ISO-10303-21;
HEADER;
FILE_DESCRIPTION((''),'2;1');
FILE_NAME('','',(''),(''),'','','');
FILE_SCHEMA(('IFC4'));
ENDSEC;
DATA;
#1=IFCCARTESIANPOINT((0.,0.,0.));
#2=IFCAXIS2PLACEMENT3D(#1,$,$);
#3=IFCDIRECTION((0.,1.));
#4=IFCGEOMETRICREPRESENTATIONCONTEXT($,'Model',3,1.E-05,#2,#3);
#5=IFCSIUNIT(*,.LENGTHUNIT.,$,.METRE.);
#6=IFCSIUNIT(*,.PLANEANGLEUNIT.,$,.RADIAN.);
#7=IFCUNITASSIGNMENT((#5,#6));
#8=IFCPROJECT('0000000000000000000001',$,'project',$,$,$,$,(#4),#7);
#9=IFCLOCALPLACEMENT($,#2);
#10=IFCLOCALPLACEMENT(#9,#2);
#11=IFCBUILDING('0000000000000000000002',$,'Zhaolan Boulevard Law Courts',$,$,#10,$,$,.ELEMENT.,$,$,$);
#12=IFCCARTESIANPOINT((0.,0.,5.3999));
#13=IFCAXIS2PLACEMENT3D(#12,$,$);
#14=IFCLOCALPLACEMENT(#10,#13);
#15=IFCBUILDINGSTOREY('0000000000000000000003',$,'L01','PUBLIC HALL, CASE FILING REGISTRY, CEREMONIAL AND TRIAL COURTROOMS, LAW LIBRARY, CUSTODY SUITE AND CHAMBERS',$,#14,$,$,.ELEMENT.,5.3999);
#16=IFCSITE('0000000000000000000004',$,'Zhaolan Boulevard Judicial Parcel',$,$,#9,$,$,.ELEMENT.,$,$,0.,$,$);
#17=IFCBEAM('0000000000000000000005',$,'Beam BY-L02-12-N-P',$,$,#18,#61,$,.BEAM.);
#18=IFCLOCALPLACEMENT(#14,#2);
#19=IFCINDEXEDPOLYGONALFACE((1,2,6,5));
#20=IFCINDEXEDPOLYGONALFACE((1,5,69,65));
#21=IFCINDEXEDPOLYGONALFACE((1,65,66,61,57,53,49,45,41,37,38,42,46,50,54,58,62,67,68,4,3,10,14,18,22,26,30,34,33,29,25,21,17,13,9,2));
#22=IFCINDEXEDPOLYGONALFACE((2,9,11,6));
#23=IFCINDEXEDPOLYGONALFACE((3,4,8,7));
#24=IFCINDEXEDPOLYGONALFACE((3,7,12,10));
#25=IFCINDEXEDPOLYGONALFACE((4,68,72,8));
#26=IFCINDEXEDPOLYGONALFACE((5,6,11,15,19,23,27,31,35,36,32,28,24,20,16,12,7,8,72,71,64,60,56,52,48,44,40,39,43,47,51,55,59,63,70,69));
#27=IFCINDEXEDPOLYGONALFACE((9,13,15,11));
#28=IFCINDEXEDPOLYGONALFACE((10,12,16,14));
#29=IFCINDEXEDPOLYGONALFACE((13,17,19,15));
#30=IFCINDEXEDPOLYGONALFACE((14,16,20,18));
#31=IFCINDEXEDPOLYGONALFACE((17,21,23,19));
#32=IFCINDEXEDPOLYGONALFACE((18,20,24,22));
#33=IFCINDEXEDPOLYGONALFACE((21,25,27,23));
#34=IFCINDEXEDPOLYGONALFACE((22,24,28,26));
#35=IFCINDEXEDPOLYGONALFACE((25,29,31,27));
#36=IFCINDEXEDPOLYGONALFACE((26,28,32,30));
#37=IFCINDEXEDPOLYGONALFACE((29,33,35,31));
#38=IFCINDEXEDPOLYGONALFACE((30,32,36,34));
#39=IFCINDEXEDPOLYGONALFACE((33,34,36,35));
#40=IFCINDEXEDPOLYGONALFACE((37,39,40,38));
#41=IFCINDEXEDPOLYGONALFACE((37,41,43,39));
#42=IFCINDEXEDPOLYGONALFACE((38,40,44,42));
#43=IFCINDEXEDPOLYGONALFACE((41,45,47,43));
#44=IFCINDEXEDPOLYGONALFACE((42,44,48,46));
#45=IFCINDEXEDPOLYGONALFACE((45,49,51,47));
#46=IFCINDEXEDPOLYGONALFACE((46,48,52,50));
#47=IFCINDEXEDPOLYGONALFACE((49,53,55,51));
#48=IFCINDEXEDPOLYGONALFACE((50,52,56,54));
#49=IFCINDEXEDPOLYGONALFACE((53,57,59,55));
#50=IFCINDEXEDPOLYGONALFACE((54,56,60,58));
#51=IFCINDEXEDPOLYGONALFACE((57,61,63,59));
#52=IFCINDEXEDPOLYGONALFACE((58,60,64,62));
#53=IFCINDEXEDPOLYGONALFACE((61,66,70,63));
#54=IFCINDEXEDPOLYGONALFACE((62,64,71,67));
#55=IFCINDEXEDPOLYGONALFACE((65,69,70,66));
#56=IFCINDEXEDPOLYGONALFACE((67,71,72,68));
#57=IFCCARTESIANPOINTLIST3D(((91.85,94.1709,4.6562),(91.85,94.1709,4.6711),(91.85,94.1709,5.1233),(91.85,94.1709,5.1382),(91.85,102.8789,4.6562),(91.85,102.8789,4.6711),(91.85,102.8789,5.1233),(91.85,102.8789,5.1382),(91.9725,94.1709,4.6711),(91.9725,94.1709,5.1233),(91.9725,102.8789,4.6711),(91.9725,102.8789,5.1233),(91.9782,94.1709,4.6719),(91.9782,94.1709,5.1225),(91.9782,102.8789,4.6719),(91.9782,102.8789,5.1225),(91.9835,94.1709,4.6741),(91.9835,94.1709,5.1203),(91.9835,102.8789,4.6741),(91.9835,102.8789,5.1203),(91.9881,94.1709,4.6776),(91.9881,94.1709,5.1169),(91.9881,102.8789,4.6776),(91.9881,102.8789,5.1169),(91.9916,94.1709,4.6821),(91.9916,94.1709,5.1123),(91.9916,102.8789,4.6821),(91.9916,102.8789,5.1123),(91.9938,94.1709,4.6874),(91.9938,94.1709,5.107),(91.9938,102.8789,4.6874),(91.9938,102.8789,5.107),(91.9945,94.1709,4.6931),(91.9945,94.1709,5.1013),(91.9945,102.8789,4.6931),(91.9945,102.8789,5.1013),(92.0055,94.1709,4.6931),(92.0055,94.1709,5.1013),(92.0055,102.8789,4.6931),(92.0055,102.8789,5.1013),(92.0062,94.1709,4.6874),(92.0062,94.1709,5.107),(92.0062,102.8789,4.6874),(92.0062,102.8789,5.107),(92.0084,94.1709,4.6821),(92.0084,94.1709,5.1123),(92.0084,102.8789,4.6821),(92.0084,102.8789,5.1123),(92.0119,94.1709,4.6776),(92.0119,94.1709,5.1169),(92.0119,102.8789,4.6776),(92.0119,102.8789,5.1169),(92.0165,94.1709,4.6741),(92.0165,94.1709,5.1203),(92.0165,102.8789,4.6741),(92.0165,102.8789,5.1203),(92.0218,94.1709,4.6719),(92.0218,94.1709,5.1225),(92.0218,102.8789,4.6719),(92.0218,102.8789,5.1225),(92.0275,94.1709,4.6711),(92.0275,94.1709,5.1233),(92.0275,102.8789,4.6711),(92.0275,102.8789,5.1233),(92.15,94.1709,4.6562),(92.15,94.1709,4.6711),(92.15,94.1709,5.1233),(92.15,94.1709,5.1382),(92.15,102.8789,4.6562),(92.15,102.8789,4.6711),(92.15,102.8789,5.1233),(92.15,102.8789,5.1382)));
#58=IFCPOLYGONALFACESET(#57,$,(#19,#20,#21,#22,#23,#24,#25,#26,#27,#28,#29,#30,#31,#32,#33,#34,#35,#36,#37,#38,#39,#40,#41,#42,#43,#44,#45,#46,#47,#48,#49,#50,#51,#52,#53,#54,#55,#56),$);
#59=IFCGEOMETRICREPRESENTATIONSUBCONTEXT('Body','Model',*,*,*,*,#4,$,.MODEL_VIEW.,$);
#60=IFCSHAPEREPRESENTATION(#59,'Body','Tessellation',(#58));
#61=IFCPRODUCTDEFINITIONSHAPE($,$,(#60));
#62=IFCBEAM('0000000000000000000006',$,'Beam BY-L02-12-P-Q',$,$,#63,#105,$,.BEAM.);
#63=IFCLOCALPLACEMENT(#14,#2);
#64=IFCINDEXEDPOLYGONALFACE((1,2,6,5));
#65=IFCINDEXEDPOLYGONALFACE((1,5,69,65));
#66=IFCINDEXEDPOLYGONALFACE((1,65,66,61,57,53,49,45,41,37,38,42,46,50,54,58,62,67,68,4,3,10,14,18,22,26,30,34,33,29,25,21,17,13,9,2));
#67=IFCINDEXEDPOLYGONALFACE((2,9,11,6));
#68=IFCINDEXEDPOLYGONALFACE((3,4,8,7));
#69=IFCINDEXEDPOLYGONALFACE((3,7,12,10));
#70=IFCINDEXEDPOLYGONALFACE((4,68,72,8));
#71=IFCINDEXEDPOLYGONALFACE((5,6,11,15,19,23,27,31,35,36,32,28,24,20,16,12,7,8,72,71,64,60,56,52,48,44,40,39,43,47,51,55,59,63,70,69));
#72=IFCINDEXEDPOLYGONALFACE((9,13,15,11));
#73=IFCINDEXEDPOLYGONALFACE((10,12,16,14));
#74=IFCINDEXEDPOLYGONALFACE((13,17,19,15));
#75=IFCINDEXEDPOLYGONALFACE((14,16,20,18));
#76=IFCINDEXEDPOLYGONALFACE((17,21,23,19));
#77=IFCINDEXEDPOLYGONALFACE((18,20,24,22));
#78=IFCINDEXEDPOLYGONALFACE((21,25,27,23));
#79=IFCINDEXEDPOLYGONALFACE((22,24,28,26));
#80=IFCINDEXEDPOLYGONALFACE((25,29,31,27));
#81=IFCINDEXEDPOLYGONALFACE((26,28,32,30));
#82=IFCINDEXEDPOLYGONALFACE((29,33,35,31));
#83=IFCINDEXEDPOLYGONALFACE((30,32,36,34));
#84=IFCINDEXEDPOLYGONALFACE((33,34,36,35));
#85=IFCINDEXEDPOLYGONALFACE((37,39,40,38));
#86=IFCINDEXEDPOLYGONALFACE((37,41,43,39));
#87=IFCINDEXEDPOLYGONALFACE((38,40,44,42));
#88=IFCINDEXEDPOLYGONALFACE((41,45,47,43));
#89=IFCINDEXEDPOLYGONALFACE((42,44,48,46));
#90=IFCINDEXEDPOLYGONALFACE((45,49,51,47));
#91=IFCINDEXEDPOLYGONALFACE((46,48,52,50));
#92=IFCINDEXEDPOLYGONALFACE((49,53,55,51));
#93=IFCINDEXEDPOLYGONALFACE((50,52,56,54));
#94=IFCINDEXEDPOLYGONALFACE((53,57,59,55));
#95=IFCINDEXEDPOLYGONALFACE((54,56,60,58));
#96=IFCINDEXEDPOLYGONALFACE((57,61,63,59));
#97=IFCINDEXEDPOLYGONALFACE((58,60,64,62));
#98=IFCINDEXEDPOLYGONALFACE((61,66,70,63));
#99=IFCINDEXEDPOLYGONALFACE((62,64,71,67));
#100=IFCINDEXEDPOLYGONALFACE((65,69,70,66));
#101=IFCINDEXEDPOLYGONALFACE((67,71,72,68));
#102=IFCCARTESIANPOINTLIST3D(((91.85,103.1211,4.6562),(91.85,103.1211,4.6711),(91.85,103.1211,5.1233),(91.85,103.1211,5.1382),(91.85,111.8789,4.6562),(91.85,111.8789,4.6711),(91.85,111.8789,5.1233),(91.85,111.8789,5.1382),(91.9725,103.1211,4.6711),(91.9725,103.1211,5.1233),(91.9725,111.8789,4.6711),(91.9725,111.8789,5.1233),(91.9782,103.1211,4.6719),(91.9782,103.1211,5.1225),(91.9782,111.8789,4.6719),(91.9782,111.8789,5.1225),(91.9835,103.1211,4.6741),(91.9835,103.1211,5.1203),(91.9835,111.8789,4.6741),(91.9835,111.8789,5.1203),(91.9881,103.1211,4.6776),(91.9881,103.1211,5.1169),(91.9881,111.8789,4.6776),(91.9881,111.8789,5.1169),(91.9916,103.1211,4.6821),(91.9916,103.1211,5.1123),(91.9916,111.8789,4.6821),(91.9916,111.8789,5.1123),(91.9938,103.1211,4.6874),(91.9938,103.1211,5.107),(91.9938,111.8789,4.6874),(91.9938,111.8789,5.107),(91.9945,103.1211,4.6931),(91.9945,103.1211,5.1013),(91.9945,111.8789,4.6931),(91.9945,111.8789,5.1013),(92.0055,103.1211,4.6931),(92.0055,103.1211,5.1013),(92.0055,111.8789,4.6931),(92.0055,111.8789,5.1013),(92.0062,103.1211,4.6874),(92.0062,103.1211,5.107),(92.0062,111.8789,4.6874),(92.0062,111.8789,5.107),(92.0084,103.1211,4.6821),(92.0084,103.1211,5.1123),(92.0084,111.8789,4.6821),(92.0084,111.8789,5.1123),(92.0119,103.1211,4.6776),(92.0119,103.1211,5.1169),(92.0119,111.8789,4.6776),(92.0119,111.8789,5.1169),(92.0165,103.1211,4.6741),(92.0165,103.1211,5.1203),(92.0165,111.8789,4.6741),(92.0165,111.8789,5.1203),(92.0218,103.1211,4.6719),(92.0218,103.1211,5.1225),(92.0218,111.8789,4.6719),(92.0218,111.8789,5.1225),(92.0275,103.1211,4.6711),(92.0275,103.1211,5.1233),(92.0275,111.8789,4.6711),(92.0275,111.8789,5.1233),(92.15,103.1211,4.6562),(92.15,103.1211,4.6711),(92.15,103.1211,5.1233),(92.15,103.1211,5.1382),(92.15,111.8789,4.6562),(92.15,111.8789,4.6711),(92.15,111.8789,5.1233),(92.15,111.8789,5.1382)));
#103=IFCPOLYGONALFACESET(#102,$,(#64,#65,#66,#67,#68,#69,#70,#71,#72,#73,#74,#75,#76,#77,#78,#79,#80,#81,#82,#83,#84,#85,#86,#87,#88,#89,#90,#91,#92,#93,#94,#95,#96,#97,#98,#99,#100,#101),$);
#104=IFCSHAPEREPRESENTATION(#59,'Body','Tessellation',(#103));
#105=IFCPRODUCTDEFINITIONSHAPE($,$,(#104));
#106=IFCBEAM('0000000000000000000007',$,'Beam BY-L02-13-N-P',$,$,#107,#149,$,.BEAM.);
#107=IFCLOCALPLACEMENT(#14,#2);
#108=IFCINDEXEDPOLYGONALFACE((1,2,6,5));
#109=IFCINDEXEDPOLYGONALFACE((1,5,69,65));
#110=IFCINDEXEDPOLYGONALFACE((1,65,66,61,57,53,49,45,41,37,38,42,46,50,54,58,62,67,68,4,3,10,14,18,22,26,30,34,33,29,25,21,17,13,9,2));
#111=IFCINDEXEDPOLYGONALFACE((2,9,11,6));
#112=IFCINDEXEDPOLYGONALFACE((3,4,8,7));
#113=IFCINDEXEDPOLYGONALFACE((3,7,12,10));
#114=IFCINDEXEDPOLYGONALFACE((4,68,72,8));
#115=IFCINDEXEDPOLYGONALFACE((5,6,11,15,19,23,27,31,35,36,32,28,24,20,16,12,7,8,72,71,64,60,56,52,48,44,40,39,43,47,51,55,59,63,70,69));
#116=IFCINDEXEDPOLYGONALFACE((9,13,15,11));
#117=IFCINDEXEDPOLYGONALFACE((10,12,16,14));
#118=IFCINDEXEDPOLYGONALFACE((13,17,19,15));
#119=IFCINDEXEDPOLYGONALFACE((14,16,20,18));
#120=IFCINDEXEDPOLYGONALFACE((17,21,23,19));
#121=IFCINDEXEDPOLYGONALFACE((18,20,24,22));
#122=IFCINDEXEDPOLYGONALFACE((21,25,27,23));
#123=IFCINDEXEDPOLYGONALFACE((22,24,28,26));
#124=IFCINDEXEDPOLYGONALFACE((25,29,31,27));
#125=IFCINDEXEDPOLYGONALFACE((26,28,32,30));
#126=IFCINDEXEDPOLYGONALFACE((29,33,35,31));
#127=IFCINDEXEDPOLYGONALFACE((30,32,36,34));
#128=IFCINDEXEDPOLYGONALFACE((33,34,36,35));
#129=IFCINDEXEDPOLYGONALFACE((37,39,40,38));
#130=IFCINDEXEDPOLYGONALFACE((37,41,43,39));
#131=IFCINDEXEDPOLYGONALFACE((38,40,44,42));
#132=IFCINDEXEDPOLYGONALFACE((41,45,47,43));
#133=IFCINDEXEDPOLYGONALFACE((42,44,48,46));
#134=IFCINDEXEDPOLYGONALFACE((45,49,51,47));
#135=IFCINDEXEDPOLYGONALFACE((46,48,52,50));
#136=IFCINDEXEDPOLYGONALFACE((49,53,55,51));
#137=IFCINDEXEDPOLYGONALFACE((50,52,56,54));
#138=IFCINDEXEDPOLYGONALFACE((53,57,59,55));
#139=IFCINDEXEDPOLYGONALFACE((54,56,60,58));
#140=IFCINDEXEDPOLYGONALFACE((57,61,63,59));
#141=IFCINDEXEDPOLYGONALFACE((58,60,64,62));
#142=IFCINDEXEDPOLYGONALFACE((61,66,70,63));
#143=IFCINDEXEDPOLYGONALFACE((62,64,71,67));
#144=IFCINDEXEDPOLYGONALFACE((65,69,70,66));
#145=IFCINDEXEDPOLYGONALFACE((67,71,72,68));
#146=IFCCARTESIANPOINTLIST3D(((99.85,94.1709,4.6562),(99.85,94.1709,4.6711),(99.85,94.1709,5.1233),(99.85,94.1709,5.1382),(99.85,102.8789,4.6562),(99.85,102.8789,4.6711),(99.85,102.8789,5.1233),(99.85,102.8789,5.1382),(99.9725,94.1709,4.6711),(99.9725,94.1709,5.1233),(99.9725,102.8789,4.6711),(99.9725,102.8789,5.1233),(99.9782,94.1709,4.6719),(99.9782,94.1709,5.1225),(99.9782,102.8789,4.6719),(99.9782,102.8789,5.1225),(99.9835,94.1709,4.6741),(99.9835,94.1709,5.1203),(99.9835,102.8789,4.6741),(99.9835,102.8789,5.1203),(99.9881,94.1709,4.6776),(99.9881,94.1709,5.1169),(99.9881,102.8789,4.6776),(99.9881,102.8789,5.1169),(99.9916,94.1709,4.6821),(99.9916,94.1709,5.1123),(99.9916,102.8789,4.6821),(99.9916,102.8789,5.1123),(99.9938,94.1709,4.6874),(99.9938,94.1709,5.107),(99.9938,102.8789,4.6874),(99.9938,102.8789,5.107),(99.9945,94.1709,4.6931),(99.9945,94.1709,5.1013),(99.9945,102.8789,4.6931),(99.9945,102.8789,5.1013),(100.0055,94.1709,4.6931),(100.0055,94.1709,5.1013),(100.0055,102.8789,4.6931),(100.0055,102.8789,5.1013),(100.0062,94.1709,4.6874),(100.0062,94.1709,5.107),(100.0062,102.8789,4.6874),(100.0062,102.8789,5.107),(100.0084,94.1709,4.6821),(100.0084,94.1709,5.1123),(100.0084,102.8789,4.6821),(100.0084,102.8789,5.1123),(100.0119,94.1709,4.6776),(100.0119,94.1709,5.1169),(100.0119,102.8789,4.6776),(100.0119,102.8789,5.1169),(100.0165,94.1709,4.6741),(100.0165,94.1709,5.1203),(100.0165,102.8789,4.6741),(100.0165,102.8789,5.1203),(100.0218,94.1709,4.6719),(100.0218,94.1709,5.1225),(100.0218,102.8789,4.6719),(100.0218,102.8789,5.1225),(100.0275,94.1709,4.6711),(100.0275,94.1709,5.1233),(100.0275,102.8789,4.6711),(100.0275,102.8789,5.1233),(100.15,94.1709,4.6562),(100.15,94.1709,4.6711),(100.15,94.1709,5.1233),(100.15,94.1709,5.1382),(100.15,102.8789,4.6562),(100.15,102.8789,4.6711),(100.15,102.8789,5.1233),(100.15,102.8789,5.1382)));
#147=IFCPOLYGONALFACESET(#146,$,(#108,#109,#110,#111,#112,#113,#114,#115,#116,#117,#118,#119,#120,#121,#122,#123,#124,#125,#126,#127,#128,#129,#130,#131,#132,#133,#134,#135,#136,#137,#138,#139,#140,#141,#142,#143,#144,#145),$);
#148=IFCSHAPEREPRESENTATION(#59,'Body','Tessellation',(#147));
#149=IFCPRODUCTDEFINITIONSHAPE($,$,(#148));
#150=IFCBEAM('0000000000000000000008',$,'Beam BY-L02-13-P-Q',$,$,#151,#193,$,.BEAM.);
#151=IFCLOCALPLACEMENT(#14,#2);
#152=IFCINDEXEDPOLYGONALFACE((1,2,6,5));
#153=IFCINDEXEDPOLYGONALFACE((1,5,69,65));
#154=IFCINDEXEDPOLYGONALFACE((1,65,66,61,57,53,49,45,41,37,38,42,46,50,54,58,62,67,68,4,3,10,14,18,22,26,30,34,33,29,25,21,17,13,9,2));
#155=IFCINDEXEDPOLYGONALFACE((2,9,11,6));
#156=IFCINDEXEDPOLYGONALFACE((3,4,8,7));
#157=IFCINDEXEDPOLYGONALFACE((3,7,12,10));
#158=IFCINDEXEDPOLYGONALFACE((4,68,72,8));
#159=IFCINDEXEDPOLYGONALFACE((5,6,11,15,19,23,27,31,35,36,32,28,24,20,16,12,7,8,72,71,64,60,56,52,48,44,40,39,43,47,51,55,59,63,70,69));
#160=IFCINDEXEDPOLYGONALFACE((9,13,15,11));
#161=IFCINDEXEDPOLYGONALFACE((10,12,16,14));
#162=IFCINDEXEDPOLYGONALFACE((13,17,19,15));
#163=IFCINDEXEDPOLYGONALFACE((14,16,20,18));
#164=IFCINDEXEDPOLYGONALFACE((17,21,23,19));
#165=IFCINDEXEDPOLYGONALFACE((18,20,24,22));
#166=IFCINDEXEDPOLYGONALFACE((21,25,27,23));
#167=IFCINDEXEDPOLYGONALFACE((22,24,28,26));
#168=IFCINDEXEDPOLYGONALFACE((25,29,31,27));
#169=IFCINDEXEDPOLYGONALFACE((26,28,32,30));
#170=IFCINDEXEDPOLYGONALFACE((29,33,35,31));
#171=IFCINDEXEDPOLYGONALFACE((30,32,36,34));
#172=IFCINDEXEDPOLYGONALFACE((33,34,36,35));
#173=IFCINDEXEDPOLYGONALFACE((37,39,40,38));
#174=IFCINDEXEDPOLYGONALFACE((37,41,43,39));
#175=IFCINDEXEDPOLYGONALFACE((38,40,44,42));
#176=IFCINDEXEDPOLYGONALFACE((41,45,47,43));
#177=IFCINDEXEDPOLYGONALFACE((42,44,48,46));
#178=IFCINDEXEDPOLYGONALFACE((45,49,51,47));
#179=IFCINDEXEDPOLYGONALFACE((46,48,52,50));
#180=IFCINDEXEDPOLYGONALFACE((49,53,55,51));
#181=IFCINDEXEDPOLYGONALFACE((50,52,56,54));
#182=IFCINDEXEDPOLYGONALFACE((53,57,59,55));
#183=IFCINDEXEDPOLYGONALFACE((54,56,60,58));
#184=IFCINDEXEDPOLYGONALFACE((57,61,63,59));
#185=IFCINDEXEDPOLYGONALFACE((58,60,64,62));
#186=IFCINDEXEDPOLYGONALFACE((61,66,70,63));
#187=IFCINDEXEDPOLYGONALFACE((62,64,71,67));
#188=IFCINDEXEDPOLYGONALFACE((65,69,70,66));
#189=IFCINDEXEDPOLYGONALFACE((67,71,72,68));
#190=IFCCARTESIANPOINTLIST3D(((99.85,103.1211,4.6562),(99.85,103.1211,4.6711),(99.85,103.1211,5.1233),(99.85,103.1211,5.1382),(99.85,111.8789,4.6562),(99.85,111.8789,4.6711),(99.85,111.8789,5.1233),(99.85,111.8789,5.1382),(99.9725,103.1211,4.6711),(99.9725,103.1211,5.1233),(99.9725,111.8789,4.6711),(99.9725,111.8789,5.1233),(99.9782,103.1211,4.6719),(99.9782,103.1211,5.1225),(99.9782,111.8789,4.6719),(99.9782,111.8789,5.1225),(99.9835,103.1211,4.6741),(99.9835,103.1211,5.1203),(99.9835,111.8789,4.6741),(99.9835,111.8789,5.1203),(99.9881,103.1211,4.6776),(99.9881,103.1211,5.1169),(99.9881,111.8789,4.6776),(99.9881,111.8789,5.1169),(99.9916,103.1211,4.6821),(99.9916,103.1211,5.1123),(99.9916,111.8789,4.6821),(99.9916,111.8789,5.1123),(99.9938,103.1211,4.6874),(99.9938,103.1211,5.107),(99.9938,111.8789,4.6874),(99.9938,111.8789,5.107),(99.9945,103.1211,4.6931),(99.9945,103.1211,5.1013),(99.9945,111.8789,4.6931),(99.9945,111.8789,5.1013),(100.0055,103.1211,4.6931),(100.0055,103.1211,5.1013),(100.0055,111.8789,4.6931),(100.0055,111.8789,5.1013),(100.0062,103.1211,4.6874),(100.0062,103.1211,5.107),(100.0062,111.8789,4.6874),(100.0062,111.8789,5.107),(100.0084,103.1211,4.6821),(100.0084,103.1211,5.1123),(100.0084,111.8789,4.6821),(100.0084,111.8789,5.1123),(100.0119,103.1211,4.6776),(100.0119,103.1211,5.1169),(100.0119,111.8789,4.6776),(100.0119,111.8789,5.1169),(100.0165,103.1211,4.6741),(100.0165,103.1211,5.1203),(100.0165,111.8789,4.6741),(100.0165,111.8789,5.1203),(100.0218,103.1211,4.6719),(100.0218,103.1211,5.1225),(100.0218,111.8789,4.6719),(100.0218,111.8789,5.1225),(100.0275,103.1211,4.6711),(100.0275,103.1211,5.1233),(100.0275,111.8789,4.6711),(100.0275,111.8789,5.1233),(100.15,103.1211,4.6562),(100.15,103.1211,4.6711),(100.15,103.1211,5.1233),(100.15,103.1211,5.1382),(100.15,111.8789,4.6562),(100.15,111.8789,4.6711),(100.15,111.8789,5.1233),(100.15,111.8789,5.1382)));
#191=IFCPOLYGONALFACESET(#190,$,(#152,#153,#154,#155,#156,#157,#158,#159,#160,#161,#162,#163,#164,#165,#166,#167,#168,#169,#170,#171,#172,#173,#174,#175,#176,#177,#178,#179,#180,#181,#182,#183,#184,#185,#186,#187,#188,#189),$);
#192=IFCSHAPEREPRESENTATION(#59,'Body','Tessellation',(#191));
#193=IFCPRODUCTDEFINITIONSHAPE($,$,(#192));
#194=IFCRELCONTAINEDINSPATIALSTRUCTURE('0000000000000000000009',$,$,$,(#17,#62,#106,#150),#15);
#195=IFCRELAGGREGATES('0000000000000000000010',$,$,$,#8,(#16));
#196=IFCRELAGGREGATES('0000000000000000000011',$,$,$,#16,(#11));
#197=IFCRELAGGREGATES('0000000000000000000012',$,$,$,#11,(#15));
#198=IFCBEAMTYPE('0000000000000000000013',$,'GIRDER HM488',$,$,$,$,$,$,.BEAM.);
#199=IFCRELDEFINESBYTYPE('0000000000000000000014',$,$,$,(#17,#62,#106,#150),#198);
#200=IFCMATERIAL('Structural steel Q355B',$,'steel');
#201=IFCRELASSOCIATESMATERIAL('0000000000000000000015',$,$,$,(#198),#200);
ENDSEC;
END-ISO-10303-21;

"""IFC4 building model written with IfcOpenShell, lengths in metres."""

from ifc_helpers import new_model, si_unit, direction, frame, origin, origin_2d, place, context, subcontext, project, spatial, i_section, extrude, material, material_profile, profile_set, type_object, element, save


model = new_model("IFC4")

# Units and contexts
model_context = context("Model", 3, precision=1e-05, world=origin(), true_north=direction((0.0, 1.0)))
body_context = subcontext(model_context, "Body", "Model", "MODEL_VIEW")
ifc_project = project(units=[si_unit("LENGTHUNIT", "METRE"), si_unit("PLANEANGLEUNIT", "RADIAN")], contexts=[model_context])

# Site, building, storey
site_placement = place(None, origin())
site = spatial("IfcSite", under=ifc_project, at=site_placement, Name="Zhaolan Boulevard Judicial Parcel", CompositionType="ELEMENT", RefElevation=0.0)
building_placement = place(site_placement, origin())
building = spatial("IfcBuilding", under=site, at=building_placement, Name="Zhaolan Boulevard Law Courts", CompositionType="ELEMENT")
storey_placement = place(building_placement, frame((0.0, 0.0, 5.3999)))
storey = spatial("IfcBuildingStorey", under=building, at=storey_placement, Name="L01", Description="PUBLIC HALL, CASE FILING REGISTRY, CEREMONIAL AND TRIAL COURTROOMS, LAW LIBRARY, CUSTODY SUITE AND CHAMBERS", CompositionType="ELEMENT", Elevation=5.3999)

# Beams
ifc_material_1 = material(Name="Structural steel Q355B", Category="steel")
ifc_material_profile_1 = material_profile(ifc_material_1, i_section(OverallWidth=0.3, OverallDepth=0.4819, WebThickness=0.011, FlangeThickness=0.0149, FilletRadius=0.022, at=origin_2d()), Name="HM482x300")
ifc_profile_set_1 = profile_set([ifc_material_profile_1], Name="Structural steel Q355B")
beam_type_1 = type_object("IfcBeamType", Name="GIRDER HM488", PredefinedType="BEAM", material=ifc_profile_set_1)
beam_1_placement = place(storey_placement, frame((92.0, 94.1709, 4.8972), z_axis=(0.0, 1.0, 0.0), x_axis=(-1.0, 0.0, 0.0)))
element("IfcBeam", 1, at=beam_1_placement, inside=storey, type_object=beam_type_1, Name="Beam BY-L02-12-N-P", PredefinedType="BEAM", context=body_context, shape_type="SweptSolid", body=[
    extrude(i_section(OverallWidth=0.3, OverallDepth=0.4819, WebThickness=0.011, FlangeThickness=0.0149, FilletRadius=0.022, at=origin_2d()), origin(), (0.0, 0.0, 1.0), 8.708),
])
beam_2_placement = place(storey_placement, frame((92.0, 103.1211, 4.8972), z_axis=(0.0, 1.0, 0.0), x_axis=(-1.0, 0.0, 0.0)))
element("IfcBeam", 2, at=beam_2_placement, inside=storey, type_object=beam_type_1, Name="Beam BY-L02-12-P-Q", PredefinedType="BEAM", context=body_context, shape_type="SweptSolid", body=[
    extrude(i_section(OverallWidth=0.3, OverallDepth=0.4819, WebThickness=0.011, FlangeThickness=0.0149, FilletRadius=0.022, at=origin_2d()), origin(), (0.0, 0.0, 1.0), 8.7578),
])
beam_3_placement = place(storey_placement, frame((100.0, 94.1709, 4.8972), z_axis=(0.0, 1.0, 0.0), x_axis=(-1.0, 0.0, 0.0)))
element("IfcBeam", 3, at=beam_3_placement, inside=storey, type_object=beam_type_1, Name="Beam BY-L02-13-N-P", PredefinedType="BEAM", context=body_context, shape_type="SweptSolid", body=[
    extrude(i_section(OverallWidth=0.3, OverallDepth=0.4819, WebThickness=0.011, FlangeThickness=0.0149, FilletRadius=0.022, at=origin_2d()), origin(), (0.0, 0.0, 1.0), 8.708),
])
beam_4_placement = place(storey_placement, frame((100.0, 103.1211, 4.8972), z_axis=(0.0, 1.0, 0.0), x_axis=(-1.0, 0.0, 0.0)))
element("IfcBeam", 4, at=beam_4_placement, inside=storey, type_object=beam_type_1, Name="Beam BY-L02-13-P-Q", PredefinedType="BEAM", context=body_context, shape_type="SweptSolid", body=[
    extrude(i_section(OverallWidth=0.3, OverallDepth=0.4819, WebThickness=0.011, FlangeThickness=0.0149, FilletRadius=0.022, at=origin_2d()), origin(), (0.0, 0.0, 1.0), 8.7578),
])

save(model, "model.ifc")
